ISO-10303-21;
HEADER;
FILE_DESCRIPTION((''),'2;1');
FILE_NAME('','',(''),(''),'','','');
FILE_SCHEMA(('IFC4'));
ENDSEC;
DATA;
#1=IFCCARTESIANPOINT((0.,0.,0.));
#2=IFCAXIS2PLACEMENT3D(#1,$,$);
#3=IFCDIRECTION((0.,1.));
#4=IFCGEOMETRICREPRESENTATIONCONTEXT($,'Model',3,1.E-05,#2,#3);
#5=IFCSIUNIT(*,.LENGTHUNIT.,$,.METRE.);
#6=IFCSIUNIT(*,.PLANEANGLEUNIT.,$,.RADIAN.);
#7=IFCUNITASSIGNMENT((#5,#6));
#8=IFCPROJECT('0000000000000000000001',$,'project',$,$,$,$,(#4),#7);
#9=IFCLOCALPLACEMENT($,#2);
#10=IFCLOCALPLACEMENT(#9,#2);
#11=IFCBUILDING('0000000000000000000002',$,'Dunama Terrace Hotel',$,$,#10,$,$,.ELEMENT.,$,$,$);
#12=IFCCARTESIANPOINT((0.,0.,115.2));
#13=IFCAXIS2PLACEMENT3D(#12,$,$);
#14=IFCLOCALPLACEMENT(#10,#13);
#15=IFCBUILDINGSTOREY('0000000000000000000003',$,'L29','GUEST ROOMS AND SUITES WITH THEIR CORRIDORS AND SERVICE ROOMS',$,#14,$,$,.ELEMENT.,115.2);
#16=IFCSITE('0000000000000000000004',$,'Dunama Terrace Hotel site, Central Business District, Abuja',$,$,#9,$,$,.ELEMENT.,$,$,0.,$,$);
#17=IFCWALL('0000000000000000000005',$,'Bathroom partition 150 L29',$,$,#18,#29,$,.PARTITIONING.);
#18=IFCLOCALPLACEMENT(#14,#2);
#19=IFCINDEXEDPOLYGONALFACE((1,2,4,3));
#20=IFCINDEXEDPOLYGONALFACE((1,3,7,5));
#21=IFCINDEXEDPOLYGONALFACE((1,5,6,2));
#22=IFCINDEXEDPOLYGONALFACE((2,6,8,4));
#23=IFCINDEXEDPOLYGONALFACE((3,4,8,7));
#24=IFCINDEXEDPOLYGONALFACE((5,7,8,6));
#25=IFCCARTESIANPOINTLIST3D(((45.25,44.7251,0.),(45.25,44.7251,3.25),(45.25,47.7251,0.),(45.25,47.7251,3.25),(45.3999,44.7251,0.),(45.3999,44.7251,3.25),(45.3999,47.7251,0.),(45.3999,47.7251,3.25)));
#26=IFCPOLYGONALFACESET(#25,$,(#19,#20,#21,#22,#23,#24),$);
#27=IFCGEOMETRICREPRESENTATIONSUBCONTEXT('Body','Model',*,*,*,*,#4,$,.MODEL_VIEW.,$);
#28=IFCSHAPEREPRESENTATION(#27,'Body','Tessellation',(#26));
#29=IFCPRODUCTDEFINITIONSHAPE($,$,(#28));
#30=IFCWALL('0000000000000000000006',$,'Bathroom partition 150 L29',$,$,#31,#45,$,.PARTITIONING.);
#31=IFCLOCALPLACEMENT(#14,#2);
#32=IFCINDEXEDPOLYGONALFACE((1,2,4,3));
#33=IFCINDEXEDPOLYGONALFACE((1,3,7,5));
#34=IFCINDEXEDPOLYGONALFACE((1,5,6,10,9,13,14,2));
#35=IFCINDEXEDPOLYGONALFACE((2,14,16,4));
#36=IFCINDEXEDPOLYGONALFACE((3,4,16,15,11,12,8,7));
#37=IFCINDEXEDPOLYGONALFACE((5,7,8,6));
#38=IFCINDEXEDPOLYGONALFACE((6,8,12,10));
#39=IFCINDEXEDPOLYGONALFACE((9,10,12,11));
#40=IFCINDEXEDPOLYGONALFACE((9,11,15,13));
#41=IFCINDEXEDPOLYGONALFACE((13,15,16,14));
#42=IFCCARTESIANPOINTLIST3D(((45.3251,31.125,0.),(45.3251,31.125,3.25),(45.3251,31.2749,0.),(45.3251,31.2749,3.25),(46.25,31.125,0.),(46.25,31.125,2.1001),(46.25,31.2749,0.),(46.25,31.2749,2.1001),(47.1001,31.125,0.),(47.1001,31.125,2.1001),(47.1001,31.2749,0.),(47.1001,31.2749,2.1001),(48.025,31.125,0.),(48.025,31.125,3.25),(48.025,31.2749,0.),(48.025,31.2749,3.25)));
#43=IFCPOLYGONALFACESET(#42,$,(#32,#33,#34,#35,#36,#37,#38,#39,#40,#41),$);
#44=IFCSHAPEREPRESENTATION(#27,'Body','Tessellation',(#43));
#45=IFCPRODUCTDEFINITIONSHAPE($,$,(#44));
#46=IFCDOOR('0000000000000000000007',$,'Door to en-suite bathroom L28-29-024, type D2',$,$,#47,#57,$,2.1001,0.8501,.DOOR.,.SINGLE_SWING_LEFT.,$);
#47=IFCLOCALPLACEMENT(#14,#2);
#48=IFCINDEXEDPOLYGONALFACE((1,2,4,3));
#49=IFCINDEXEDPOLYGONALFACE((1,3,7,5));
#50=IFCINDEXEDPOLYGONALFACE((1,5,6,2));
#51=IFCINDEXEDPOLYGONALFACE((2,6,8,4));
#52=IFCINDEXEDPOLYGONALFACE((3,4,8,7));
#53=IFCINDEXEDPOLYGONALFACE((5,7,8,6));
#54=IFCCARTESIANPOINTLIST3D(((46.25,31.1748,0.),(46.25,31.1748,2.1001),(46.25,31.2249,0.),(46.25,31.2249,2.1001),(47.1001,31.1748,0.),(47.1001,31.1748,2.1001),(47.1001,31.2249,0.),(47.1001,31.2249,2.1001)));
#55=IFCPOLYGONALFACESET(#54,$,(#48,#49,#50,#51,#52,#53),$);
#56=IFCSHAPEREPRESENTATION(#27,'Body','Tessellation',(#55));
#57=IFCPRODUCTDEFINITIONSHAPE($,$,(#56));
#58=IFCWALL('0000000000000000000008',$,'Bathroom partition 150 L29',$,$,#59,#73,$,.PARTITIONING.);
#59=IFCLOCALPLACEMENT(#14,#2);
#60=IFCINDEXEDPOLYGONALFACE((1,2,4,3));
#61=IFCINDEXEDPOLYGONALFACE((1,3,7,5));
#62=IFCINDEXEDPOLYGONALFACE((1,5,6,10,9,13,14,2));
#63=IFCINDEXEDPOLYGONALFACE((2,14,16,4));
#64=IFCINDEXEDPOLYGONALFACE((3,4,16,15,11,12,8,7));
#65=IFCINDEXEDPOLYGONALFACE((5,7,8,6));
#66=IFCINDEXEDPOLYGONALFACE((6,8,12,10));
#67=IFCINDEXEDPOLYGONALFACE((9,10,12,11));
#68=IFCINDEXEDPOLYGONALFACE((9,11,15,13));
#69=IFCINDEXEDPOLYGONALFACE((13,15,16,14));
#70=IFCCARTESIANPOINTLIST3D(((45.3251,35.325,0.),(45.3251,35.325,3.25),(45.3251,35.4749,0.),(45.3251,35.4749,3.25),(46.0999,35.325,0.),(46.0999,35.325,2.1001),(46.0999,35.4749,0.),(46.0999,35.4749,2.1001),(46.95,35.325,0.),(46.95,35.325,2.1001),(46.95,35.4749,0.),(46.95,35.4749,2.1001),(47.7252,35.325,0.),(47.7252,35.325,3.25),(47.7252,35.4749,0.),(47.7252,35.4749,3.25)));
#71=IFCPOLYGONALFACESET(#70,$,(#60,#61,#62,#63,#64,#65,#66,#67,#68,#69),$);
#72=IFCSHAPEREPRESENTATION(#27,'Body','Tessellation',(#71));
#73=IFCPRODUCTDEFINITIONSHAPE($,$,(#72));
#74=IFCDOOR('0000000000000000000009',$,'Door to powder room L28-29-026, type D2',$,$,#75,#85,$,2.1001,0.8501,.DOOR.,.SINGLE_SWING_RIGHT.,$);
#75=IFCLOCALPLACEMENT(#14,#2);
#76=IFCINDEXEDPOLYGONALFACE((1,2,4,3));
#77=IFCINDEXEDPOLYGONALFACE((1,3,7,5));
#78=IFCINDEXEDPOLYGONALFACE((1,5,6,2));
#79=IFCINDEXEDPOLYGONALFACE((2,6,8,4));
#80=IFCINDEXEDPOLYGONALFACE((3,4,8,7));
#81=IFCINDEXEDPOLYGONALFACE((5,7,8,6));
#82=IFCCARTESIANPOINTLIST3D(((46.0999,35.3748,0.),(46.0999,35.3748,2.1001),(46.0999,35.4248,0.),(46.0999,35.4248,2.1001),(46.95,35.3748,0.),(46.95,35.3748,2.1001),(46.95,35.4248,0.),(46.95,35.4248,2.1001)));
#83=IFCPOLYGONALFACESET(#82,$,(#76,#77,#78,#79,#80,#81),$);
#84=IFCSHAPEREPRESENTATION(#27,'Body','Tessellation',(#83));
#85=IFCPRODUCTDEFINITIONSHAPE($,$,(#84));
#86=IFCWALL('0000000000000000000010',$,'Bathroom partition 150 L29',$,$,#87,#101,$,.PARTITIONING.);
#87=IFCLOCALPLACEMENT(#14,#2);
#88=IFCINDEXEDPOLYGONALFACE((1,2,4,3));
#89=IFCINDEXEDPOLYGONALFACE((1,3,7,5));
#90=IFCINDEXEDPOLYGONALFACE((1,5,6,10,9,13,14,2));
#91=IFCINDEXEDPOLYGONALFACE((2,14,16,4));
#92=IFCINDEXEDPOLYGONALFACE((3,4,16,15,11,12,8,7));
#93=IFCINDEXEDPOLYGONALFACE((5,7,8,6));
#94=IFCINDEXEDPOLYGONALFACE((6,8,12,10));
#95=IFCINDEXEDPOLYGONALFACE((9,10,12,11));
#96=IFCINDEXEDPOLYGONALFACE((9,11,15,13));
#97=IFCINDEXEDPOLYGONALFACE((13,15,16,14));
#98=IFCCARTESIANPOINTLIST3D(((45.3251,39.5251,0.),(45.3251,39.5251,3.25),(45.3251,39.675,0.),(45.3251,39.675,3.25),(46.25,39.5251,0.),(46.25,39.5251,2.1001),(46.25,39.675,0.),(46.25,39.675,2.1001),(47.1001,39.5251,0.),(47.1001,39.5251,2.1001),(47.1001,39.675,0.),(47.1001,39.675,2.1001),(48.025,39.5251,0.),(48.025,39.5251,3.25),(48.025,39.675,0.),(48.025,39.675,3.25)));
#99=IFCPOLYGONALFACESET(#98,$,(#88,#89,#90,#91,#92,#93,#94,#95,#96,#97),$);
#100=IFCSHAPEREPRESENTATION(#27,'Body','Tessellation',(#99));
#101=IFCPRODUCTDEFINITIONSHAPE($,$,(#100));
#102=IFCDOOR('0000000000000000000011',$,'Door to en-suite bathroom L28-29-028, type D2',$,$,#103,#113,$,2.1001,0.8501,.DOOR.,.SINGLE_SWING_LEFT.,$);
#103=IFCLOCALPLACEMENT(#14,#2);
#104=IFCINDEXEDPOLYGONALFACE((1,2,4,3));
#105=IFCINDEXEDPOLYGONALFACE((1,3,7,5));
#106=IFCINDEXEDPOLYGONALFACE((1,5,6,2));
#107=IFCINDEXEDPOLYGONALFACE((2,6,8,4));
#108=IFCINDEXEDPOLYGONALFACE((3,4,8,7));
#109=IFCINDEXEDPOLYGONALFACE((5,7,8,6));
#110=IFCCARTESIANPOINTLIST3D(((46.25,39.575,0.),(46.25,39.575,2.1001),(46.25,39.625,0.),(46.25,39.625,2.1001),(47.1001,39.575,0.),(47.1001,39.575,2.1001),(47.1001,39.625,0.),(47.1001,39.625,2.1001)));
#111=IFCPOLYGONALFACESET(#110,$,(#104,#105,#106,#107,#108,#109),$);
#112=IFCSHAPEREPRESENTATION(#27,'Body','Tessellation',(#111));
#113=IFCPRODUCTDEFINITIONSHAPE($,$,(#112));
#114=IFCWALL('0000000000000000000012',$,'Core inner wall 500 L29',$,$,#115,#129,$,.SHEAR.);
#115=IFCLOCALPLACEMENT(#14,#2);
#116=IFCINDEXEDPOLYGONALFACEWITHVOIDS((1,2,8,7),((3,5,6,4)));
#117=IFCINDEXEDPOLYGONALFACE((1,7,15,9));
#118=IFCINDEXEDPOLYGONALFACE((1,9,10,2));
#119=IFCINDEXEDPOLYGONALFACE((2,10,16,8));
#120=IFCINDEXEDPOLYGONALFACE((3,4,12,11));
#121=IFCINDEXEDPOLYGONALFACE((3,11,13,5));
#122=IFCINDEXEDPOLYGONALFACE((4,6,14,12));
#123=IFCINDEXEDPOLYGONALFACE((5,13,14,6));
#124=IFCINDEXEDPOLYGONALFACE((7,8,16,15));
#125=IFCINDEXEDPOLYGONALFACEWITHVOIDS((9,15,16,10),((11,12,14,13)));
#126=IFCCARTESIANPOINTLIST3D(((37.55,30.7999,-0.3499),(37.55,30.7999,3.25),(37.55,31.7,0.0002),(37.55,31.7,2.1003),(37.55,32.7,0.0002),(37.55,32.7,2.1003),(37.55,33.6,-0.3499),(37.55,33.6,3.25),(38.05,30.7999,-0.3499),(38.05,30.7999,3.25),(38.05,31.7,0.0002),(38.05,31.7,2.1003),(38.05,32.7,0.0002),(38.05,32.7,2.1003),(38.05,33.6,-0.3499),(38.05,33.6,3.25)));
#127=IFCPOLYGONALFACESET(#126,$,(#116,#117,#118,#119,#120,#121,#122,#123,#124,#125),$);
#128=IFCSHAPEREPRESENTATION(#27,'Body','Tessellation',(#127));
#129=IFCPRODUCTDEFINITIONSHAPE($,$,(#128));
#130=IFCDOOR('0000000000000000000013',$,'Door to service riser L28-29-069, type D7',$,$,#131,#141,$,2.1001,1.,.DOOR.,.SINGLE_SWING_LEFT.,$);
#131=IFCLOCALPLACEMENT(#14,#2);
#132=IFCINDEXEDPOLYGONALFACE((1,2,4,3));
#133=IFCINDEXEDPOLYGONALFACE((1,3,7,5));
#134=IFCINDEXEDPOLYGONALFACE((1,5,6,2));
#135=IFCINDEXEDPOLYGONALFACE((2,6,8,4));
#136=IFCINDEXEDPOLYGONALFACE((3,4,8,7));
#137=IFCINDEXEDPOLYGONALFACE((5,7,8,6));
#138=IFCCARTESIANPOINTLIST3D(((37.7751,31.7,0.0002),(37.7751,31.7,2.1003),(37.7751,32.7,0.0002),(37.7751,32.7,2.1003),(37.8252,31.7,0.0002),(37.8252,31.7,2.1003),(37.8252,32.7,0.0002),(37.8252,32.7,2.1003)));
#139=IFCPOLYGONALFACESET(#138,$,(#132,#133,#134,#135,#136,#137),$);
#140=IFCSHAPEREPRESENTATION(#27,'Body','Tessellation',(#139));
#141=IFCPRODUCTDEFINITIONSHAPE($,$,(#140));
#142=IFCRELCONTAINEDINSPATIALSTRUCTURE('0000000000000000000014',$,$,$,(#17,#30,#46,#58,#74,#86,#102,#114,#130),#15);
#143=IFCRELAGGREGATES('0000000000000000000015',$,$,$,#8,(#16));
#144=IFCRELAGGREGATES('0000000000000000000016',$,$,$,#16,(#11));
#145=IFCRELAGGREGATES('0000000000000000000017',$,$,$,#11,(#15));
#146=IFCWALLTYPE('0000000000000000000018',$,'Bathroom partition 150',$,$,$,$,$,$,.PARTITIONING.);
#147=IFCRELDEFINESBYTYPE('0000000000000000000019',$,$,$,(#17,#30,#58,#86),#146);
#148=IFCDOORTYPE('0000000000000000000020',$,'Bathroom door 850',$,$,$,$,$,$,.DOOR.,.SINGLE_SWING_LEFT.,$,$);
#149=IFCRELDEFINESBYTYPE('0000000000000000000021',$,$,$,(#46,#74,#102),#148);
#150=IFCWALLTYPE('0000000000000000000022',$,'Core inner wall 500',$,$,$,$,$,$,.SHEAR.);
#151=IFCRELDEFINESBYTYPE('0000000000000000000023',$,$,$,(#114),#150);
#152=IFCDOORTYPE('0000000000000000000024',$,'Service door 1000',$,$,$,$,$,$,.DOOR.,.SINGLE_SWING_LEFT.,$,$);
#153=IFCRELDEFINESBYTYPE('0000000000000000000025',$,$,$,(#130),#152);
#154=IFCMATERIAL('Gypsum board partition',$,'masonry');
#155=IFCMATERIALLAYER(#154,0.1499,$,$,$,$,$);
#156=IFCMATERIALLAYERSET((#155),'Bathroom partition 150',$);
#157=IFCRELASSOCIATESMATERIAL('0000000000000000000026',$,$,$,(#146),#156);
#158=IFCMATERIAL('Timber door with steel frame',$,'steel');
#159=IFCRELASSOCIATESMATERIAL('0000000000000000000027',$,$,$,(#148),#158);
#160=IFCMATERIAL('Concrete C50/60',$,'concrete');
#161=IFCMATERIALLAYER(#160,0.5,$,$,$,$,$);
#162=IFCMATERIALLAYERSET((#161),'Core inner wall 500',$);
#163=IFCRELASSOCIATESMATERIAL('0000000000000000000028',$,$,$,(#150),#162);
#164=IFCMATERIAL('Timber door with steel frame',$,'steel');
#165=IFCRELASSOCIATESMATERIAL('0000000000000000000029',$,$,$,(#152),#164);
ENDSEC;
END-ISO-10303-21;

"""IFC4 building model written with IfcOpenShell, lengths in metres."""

from ifc_helpers import new_model, si_unit, direction, frame, frame_2d, origin, place, context, subcontext, project, spatial, rectangle, extrude, material, layer, layer_set, type_object, element, fill, save


model = new_model("IFC4")

# Units and contexts
model_context = context("Model", 3, precision=1e-05, world=origin(), true_north=direction((0.0, 1.0)))
body_context = subcontext(model_context, "Body", "Model", "MODEL_VIEW")
ifc_project = project(units=[si_unit("LENGTHUNIT", "METRE"), si_unit("PLANEANGLEUNIT", "RADIAN")], contexts=[model_context])

# Site, building, storey
site_placement = place(None, origin())
site = spatial("IfcSite", under=ifc_project, at=site_placement, Name="Dunama Terrace Hotel site, Central Business District, Abuja", CompositionType="ELEMENT", RefElevation=0.0)
building_placement = place(site_placement, origin())
building = spatial("IfcBuilding", under=site, at=building_placement, Name="Dunama Terrace Hotel", CompositionType="ELEMENT")
storey_placement = place(building_placement, frame((0.0, 0.0, 115.2)))
storey = spatial("IfcBuildingStorey", under=building, at=storey_placement, Name="L29", Description="GUEST ROOMS AND SUITES WITH THEIR CORRIDORS AND SERVICE ROOMS", CompositionType="ELEMENT", Elevation=115.2)

# Wall
ifc_material_1 = material(Name="Gypsum board partition", Category="masonry")
ifc_layer_1 = layer(ifc_material_1, 0.1499)
ifc_layer_set_1 = layer_set([ifc_layer_1], Name="Bathroom partition 150")
wall_type_1 = type_object("IfcWallType", Name="Bathroom partition 150", PredefinedType="PARTITIONING", material=ifc_layer_set_1)
wall_1_placement = place(storey_placement, frame((45.325, 44.7251, 0.0), z_axis=(0.0, 0.0, 1.0), x_axis=(0.0, 1.0, 0.0)))
element("IfcWall", 1, at=wall_1_placement, inside=storey, type_object=wall_type_1, Name="Bathroom partition 150 L29", PredefinedType="PARTITIONING", context=body_context, shape_type="SweptSolid", body=[
    extrude(rectangle(XDim=3.0, YDim=0.1499, at=frame_2d((1.5, 0.0))), origin(), (0.0, 0.0, 1.0), 3.25),
])

# Walls, openings, doors
wall_2_placement = place(storey_placement, frame((45.325, 31.2, 0.0), z_axis=(0.0, 0.0, 1.0), x_axis=(1.0, 0.0, 0.0)))
wall_2 = element("IfcWall", 2, at=wall_2_placement, inside=storey, type_object=wall_type_1, Name="Bathroom partition 150 L29", PredefinedType="PARTITIONING", context=body_context, shape_type="SweptSolid", body=[
    extrude(rectangle(XDim=2.7, YDim=0.1499, at=frame_2d((1.3501, 0.0))), origin(), (0.0, 0.0, 1.0), 3.25),
])
opening_1_placement = place(wall_2_placement, frame((0.925, 0.0, 0.0)))
opening_1 = element("IfcOpeningElement", 3, at=opening_1_placement, cuts=wall_2, PredefinedType="OPENING", context=body_context, shape_type="SweptSolid", body=[
    extrude(rectangle(XDim=0.8501, YDim=2.1001, at=frame_2d((0.425, 1.05))), frame((0.0, 0.085, 0.0), z_axis=(0.0, -1.0, 0.0), x_axis=(1.0, 0.0, 0.0)), (0.0, 0.0, 1.0), 0.1699),
])
ifc_material_2 = material(Name="Timber door with steel frame", Category="steel")
door_type_1 = type_object("IfcDoorType", Name="Bathroom door 850", OperationType="SINGLE_SWING_LEFT", PredefinedType="DOOR", material=ifc_material_2)
door_1_placement = place(opening_1_placement, origin())
door_1 = element("IfcDoor", 4, at=door_1_placement, inside=storey, type_object=door_type_1, Name="Door to en-suite bathroom L28-29-024, type D2", OperationType="SINGLE_SWING_LEFT", OverallHeight=2.1001, OverallWidth=0.8501, PredefinedType="DOOR", context=body_context, shape_type="SweptSolid", body=[
    extrude(rectangle(XDim=0.8501, YDim=2.1001, at=frame_2d((0.425, 1.05))), frame((0.0, 0.0249, 0.0), z_axis=(0.0, -1.0, 0.0), x_axis=(1.0, 0.0, 0.0)), (0.0, 0.0, 1.0), 0.05),
])
fill(opening_1, door_1)
wall_3_placement = place(storey_placement, frame((45.325, 35.3999, 0.0), z_axis=(0.0, 0.0, 1.0), x_axis=(1.0, 0.0, 0.0)))
wall_3 = element("IfcWall", 5, at=wall_3_placement, inside=storey, type_object=wall_type_1, Name="Bathroom partition 150 L29", PredefinedType="PARTITIONING", context=body_context, shape_type="SweptSolid", body=[
    extrude(rectangle(XDim=2.4001, YDim=0.1499, at=frame_2d((1.2002, 0.0))), origin(), (0.0, 0.0, 1.0), 3.25),
])
opening_2_placement = place(wall_3_placement, frame((0.7749, 0.0, 0.0)))
opening_2 = element("IfcOpeningElement", 6, at=opening_2_placement, cuts=wall_3, PredefinedType="OPENING", context=body_context, shape_type="SweptSolid", body=[
    extrude(rectangle(XDim=0.8501, YDim=2.1001, at=frame_2d((0.425, 1.05))), frame((0.0, 0.085, 0.0), z_axis=(0.0, -1.0, 0.0), x_axis=(1.0, 0.0, 0.0)), (0.0, 0.0, 1.0), 0.1699),
])
door_2_placement = place(opening_2_placement, frame((0.8501, 0.0, 0.0), z_axis=(0.0, 0.0, 1.0), x_axis=(-1.0, 0.0, 0.0)))
door_2 = element("IfcDoor", 7, at=door_2_placement, inside=storey, type_object=door_type_1, Name="Door to powder room L28-29-026, type D2", OperationType="SINGLE_SWING_RIGHT", OverallHeight=2.1001, OverallWidth=0.8501, PredefinedType="DOOR", context=body_context, shape_type="SweptSolid", body=[
    extrude(rectangle(XDim=0.8501, YDim=2.1001, at=frame_2d((0.425, 1.05))), frame((0.0, 0.0251, 0.0), z_axis=(0.0, -1.0, 0.0), x_axis=(1.0, 0.0, 0.0)), (0.0, 0.0, 1.0), 0.05),
])
fill(opening_2, door_2)
wall_4_placement = place(storey_placement, frame((45.325, 39.6001, 0.0), z_axis=(0.0, 0.0, 1.0), x_axis=(1.0, 0.0, 0.0)))
wall_4 = element("IfcWall", 8, at=wall_4_placement, inside=storey, type_object=wall_type_1, Name="Bathroom partition 150 L29", PredefinedType="PARTITIONING", context=body_context, shape_type="SweptSolid", body=[
    extrude(rectangle(XDim=2.7, YDim=0.1499, at=frame_2d((1.3501, 0.0))), origin(), (0.0, 0.0, 1.0), 3.25),
])
opening_3_placement = place(wall_4_placement, frame((0.925, 0.0, 0.0)))
opening_3 = element("IfcOpeningElement", 9, at=opening_3_placement, cuts=wall_4, PredefinedType="OPENING", context=body_context, shape_type="SweptSolid", body=[
    extrude(rectangle(XDim=0.8501, YDim=2.1001, at=frame_2d((0.425, 1.05))), frame((0.0, 0.085, 0.0), z_axis=(0.0, -1.0, 0.0), x_axis=(1.0, 0.0, 0.0)), (0.0, 0.0, 1.0), 0.1699),
])
door_3_placement = place(opening_3_placement, origin())
door_3 = element("IfcDoor", 10, at=door_3_placement, inside=storey, type_object=door_type_1, Name="Door to en-suite bathroom L28-29-028, type D2", OperationType="SINGLE_SWING_LEFT", OverallHeight=2.1001, OverallWidth=0.8501, PredefinedType="DOOR", context=body_context, shape_type="SweptSolid", body=[
    extrude(rectangle(XDim=0.8501, YDim=2.1001, at=frame_2d((0.425, 1.05))), frame((0.0, 0.0249, 0.0), z_axis=(0.0, -1.0, 0.0), x_axis=(1.0, 0.0, 0.0)), (0.0, 0.0, 1.0), 0.05),
])
fill(opening_3, door_3)
ifc_material_3 = material(Name="Concrete C50/60", Category="concrete")
ifc_layer_2 = layer(ifc_material_3, 0.5)
ifc_layer_set_2 = layer_set([ifc_layer_2], Name="Core inner wall 500")
wall_type_2 = type_object("IfcWallType", Name="Core inner wall 500", PredefinedType="SHEAR", material=ifc_layer_set_2)
wall_5_placement = place(storey_placement, frame((37.8, 30.8, -0.3499), z_axis=(0.0, 0.0, 1.0), x_axis=(0.0, 1.0, 0.0)))
wall_5 = element("IfcWall", 11, at=wall_5_placement, inside=storey, type_object=wall_type_2, Name="Core inner wall 500 L29", PredefinedType="SHEAR", context=body_context, shape_type="SweptSolid", body=[
    extrude(rectangle(XDim=2.8, YDim=0.5, at=frame_2d((1.3999, 0.0))), origin(), (0.0, 0.0, 1.0), 3.5999),
])
opening_4_placement = place(wall_5_placement, frame((0.8999, 0.0, 0.3501)))
opening_4 = element("IfcOpeningElement", 12, at=opening_4_placement, cuts=wall_5, PredefinedType="OPENING", context=body_context, shape_type="SweptSolid", body=[
    extrude(rectangle(XDim=1.0, YDim=2.1001, at=frame_2d((0.5, 1.05))), frame((0.0, 0.26, 0.0), z_axis=(0.0, -1.0, 0.0), x_axis=(1.0, 0.0, 0.0)), (0.0, 0.0, 1.0), 0.52),
])
ifc_material_4 = material(Name="Timber door with steel frame", Category="steel")
door_type_2 = type_object("IfcDoorType", Name="Service door 1000", OperationType="SINGLE_SWING_LEFT", PredefinedType="DOOR", material=ifc_material_4)
door_4_placement = place(opening_4_placement, frame((1.0, 0.0, 0.0), z_axis=(0.0, 0.0, 1.0), x_axis=(-1.0, 0.0, 0.0)))
door_4 = element("IfcDoor", 13, at=door_4_placement, inside=storey, type_object=door_type_2, Name="Door to service riser L28-29-069, type D7", OperationType="SINGLE_SWING_LEFT", OverallHeight=2.1001, OverallWidth=1.0, PredefinedType="DOOR", context=body_context, shape_type="SweptSolid", body=[
    extrude(rectangle(XDim=1.0, YDim=2.1001, at=frame_2d((0.5, 1.05))), frame((0.0, 0.0251, 0.0), z_axis=(0.0, -1.0, 0.0), x_axis=(1.0, 0.0, 0.0)), (0.0, 0.0, 1.0), 0.05),
])
fill(opening_4, door_4)

save(model, "model.ifc")
